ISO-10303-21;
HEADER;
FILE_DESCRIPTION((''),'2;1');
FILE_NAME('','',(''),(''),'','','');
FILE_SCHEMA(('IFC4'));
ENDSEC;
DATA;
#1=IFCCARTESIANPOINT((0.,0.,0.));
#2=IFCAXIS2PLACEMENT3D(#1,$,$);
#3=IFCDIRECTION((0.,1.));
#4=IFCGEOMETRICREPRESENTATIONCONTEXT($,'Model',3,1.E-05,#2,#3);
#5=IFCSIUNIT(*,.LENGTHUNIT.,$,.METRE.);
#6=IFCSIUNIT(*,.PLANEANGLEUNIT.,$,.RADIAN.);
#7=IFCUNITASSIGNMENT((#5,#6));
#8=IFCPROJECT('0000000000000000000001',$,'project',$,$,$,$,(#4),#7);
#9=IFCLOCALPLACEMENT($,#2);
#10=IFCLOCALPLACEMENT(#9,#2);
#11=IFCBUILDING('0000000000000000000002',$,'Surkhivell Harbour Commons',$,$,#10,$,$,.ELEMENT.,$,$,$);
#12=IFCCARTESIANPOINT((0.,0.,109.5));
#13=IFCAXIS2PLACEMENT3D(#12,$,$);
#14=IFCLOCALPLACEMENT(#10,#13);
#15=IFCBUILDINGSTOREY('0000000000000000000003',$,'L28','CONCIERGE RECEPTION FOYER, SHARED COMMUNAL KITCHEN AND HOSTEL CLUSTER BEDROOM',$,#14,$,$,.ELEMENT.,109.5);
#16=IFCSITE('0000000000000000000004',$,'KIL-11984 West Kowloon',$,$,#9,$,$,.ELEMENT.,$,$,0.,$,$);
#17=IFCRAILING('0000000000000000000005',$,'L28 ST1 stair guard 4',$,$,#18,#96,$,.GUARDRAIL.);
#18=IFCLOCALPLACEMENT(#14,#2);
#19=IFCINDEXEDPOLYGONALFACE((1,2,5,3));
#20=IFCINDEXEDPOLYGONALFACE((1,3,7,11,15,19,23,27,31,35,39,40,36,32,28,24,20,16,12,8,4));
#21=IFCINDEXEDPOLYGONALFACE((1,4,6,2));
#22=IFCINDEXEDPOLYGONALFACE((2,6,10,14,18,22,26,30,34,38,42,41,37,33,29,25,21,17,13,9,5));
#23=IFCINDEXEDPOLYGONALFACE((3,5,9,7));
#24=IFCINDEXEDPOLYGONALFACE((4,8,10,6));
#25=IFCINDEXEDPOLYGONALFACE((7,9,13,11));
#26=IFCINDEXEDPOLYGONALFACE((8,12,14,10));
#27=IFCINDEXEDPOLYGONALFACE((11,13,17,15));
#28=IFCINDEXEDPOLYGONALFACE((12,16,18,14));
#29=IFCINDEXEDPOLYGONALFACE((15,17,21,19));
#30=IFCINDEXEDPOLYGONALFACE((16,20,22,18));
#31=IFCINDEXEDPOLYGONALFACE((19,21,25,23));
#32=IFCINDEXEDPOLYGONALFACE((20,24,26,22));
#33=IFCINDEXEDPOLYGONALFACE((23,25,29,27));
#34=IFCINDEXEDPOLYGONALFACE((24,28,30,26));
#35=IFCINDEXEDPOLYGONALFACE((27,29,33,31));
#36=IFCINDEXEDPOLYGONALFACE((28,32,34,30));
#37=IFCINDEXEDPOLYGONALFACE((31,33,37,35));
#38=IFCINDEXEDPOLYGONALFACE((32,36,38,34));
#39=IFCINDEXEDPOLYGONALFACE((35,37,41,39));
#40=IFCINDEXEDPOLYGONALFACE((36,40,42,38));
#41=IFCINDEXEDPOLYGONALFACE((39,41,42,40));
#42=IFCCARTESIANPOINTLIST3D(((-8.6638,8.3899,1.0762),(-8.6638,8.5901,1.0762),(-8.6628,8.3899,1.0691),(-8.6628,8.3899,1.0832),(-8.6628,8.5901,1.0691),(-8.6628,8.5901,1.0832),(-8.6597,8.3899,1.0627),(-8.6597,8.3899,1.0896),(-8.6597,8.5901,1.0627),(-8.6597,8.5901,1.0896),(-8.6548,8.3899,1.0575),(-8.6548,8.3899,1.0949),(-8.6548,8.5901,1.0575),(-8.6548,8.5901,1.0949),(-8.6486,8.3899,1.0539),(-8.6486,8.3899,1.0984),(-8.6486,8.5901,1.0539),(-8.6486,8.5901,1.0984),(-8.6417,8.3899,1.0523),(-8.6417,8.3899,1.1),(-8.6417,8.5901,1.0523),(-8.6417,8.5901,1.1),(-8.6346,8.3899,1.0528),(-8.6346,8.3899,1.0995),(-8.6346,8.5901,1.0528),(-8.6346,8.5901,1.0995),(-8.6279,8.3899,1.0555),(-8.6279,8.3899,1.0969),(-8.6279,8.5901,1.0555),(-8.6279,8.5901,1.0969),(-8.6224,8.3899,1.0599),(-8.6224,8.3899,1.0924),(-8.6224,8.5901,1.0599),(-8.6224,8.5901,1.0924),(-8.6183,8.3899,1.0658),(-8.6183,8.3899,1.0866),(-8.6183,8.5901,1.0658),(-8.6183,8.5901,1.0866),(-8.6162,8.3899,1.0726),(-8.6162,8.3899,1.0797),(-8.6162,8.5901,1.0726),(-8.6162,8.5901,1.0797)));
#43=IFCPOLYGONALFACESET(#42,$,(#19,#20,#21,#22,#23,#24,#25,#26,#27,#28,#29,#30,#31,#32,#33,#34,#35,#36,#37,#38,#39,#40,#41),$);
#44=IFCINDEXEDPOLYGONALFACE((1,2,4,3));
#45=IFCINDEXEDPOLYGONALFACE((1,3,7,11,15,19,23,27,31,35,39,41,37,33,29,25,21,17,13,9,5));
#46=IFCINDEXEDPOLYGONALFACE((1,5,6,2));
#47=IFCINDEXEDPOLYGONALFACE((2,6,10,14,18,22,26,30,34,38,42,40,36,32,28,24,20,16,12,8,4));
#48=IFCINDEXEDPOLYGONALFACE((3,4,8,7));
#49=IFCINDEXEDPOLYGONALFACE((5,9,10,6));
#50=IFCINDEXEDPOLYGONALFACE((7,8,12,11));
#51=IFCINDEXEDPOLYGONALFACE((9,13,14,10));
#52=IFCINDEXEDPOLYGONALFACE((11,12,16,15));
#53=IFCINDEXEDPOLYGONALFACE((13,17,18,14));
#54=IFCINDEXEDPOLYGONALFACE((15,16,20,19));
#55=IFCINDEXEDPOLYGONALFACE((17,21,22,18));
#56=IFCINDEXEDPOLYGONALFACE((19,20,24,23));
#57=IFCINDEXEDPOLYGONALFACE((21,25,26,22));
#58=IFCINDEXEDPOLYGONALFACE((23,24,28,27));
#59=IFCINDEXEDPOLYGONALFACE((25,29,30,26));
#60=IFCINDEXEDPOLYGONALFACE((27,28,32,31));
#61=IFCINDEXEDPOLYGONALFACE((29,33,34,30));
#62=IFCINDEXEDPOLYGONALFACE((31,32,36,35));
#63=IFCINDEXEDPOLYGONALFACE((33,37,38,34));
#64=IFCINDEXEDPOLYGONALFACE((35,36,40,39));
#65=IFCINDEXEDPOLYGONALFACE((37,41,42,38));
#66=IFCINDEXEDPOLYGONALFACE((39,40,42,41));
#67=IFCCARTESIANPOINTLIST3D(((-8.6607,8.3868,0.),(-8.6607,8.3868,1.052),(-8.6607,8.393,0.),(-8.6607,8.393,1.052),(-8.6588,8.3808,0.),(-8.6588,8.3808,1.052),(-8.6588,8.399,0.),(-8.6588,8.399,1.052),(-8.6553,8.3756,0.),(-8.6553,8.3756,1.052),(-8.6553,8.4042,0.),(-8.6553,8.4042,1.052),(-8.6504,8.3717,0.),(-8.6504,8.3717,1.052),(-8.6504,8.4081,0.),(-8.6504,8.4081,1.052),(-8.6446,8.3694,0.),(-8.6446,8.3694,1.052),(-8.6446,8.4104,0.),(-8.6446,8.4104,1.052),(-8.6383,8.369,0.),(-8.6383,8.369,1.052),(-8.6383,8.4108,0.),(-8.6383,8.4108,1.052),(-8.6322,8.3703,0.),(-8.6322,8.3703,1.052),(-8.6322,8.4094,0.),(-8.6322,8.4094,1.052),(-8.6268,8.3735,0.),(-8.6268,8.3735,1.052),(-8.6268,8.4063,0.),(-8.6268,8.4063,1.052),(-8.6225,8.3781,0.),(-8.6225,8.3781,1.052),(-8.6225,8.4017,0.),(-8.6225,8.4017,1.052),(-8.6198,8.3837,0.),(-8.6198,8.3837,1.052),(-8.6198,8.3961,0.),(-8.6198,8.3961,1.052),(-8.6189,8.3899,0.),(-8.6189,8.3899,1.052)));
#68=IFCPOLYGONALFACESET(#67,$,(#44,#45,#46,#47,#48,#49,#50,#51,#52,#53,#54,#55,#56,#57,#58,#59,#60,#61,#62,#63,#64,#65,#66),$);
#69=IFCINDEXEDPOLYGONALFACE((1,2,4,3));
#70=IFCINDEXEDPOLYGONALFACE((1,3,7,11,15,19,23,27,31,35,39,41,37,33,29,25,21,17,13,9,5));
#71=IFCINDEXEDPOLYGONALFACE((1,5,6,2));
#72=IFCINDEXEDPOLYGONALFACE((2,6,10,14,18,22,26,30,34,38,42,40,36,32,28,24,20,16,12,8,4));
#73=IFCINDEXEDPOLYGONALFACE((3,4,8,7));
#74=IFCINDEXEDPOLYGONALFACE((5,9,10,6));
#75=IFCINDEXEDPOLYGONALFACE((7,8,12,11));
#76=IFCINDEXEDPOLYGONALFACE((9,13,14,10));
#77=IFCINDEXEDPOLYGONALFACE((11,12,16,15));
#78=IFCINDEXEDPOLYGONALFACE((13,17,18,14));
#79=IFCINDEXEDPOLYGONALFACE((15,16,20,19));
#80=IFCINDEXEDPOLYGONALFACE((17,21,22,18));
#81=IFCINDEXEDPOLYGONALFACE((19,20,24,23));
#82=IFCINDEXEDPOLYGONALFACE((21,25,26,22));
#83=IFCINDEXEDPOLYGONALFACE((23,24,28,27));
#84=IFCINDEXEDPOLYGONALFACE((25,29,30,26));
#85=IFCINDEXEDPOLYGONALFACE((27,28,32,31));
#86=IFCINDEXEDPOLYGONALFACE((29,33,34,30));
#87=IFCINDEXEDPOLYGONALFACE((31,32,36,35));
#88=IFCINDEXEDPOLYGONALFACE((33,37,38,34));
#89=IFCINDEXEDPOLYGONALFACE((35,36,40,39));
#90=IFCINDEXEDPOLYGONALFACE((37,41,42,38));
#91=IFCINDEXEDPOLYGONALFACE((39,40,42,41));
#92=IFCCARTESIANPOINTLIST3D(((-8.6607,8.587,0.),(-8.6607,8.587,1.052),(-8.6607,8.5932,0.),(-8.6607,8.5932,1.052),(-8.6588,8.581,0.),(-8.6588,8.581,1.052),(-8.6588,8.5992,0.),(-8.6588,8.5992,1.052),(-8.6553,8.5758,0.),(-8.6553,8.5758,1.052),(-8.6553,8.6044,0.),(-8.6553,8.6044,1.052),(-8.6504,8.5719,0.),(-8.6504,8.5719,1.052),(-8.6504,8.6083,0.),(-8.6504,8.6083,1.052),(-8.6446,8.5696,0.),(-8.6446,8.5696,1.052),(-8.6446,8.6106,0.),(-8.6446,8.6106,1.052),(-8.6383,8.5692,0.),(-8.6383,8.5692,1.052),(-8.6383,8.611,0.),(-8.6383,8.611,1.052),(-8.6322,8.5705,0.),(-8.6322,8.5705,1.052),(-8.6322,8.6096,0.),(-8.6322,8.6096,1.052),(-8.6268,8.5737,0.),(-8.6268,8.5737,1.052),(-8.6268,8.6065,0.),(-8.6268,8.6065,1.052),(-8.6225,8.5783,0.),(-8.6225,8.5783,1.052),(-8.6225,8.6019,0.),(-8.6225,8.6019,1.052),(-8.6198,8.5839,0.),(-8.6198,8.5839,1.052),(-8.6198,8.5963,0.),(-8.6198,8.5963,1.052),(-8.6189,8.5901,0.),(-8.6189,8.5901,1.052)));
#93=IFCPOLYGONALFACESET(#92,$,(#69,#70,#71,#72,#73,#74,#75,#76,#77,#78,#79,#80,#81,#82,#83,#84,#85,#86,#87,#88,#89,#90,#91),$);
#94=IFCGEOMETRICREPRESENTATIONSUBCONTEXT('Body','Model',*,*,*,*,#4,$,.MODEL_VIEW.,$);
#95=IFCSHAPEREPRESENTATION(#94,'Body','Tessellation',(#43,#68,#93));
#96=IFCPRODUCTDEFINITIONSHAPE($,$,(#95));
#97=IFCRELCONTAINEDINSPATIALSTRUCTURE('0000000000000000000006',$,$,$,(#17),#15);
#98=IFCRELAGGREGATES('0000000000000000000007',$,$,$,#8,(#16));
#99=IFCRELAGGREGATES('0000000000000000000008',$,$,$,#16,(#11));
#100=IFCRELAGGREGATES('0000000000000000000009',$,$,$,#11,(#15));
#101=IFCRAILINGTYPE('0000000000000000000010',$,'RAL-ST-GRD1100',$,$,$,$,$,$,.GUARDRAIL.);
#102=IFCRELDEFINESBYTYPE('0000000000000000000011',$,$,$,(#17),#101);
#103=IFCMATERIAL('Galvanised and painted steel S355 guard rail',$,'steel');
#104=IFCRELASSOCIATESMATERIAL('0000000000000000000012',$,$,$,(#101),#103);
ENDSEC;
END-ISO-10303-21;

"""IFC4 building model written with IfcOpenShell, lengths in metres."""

from ifc_helpers import new_model, si_unit, direction, frame, origin, origin_2d, place, context, subcontext, project, spatial, circle, extrude, material, type_object, element, save


model = new_model("IFC4")

# Units and contexts
model_context = context("Model", 3, precision=1e-05, world=origin(), true_north=direction((0.0, 1.0)))
body_context = subcontext(model_context, "Body", "Model", "MODEL_VIEW")
ifc_project = project(units=[si_unit("LENGTHUNIT", "METRE"), si_unit("PLANEANGLEUNIT", "RADIAN")], contexts=[model_context])

# Site, building, storey
site_placement = place(None, origin())
site = spatial("IfcSite", under=ifc_project, at=site_placement, Name="KIL-11984 West Kowloon", CompositionType="ELEMENT", RefElevation=0.0)
building_placement = place(site_placement, origin())
building = spatial("IfcBuilding", under=site, at=building_placement, Name="Surkhivell Harbour Commons", CompositionType="ELEMENT")
storey_placement = place(building_placement, frame((0.0, 0.0, 109.5)))
storey = spatial("IfcBuildingStorey", under=building, at=storey_placement, Name="L28", Description="CONCIERGE RECEPTION FOYER, SHARED COMMUNAL KITCHEN AND HOSTEL CLUSTER BEDROOM", CompositionType="ELEMENT", Elevation=109.5)

# Railing
ifc_material_1 = material(Name="Galvanised and painted steel S355 guard rail", Category="steel")
railing_type_1 = type_object("IfcRailingType", Name="RAL-ST-GRD1100", PredefinedType="GUARDRAIL", material=ifc_material_1)
railing_1_placement = place(storey_placement, frame((-8.6399, 8.3899, 0.0)))
element("IfcRailing", 1, at=railing_1_placement, inside=storey, type_object=railing_type_1, Name="L28 ST1 stair guard 4", PredefinedType="GUARDRAIL", context=body_context, shape_type="SweptSolid", body=[
    extrude(circle(Radius=0.0239, at=origin_2d()), frame((0.0, 0.0, 1.0762), z_axis=(0.0, 1.0, 0.0), x_axis=(-1.0, 0.0, 0.0)), (0.0, 0.0, 1.0), 0.2002),
    extrude(circle(Radius=0.021, at=origin_2d()), origin(), (0.0, 0.0, 1.0), 1.052),
    extrude(circle(Radius=0.021, at=origin_2d()), frame((0.0, 0.2002, 0.0)), (0.0, 0.0, 1.0), 1.052),
])

save(model, "model.ifc")
